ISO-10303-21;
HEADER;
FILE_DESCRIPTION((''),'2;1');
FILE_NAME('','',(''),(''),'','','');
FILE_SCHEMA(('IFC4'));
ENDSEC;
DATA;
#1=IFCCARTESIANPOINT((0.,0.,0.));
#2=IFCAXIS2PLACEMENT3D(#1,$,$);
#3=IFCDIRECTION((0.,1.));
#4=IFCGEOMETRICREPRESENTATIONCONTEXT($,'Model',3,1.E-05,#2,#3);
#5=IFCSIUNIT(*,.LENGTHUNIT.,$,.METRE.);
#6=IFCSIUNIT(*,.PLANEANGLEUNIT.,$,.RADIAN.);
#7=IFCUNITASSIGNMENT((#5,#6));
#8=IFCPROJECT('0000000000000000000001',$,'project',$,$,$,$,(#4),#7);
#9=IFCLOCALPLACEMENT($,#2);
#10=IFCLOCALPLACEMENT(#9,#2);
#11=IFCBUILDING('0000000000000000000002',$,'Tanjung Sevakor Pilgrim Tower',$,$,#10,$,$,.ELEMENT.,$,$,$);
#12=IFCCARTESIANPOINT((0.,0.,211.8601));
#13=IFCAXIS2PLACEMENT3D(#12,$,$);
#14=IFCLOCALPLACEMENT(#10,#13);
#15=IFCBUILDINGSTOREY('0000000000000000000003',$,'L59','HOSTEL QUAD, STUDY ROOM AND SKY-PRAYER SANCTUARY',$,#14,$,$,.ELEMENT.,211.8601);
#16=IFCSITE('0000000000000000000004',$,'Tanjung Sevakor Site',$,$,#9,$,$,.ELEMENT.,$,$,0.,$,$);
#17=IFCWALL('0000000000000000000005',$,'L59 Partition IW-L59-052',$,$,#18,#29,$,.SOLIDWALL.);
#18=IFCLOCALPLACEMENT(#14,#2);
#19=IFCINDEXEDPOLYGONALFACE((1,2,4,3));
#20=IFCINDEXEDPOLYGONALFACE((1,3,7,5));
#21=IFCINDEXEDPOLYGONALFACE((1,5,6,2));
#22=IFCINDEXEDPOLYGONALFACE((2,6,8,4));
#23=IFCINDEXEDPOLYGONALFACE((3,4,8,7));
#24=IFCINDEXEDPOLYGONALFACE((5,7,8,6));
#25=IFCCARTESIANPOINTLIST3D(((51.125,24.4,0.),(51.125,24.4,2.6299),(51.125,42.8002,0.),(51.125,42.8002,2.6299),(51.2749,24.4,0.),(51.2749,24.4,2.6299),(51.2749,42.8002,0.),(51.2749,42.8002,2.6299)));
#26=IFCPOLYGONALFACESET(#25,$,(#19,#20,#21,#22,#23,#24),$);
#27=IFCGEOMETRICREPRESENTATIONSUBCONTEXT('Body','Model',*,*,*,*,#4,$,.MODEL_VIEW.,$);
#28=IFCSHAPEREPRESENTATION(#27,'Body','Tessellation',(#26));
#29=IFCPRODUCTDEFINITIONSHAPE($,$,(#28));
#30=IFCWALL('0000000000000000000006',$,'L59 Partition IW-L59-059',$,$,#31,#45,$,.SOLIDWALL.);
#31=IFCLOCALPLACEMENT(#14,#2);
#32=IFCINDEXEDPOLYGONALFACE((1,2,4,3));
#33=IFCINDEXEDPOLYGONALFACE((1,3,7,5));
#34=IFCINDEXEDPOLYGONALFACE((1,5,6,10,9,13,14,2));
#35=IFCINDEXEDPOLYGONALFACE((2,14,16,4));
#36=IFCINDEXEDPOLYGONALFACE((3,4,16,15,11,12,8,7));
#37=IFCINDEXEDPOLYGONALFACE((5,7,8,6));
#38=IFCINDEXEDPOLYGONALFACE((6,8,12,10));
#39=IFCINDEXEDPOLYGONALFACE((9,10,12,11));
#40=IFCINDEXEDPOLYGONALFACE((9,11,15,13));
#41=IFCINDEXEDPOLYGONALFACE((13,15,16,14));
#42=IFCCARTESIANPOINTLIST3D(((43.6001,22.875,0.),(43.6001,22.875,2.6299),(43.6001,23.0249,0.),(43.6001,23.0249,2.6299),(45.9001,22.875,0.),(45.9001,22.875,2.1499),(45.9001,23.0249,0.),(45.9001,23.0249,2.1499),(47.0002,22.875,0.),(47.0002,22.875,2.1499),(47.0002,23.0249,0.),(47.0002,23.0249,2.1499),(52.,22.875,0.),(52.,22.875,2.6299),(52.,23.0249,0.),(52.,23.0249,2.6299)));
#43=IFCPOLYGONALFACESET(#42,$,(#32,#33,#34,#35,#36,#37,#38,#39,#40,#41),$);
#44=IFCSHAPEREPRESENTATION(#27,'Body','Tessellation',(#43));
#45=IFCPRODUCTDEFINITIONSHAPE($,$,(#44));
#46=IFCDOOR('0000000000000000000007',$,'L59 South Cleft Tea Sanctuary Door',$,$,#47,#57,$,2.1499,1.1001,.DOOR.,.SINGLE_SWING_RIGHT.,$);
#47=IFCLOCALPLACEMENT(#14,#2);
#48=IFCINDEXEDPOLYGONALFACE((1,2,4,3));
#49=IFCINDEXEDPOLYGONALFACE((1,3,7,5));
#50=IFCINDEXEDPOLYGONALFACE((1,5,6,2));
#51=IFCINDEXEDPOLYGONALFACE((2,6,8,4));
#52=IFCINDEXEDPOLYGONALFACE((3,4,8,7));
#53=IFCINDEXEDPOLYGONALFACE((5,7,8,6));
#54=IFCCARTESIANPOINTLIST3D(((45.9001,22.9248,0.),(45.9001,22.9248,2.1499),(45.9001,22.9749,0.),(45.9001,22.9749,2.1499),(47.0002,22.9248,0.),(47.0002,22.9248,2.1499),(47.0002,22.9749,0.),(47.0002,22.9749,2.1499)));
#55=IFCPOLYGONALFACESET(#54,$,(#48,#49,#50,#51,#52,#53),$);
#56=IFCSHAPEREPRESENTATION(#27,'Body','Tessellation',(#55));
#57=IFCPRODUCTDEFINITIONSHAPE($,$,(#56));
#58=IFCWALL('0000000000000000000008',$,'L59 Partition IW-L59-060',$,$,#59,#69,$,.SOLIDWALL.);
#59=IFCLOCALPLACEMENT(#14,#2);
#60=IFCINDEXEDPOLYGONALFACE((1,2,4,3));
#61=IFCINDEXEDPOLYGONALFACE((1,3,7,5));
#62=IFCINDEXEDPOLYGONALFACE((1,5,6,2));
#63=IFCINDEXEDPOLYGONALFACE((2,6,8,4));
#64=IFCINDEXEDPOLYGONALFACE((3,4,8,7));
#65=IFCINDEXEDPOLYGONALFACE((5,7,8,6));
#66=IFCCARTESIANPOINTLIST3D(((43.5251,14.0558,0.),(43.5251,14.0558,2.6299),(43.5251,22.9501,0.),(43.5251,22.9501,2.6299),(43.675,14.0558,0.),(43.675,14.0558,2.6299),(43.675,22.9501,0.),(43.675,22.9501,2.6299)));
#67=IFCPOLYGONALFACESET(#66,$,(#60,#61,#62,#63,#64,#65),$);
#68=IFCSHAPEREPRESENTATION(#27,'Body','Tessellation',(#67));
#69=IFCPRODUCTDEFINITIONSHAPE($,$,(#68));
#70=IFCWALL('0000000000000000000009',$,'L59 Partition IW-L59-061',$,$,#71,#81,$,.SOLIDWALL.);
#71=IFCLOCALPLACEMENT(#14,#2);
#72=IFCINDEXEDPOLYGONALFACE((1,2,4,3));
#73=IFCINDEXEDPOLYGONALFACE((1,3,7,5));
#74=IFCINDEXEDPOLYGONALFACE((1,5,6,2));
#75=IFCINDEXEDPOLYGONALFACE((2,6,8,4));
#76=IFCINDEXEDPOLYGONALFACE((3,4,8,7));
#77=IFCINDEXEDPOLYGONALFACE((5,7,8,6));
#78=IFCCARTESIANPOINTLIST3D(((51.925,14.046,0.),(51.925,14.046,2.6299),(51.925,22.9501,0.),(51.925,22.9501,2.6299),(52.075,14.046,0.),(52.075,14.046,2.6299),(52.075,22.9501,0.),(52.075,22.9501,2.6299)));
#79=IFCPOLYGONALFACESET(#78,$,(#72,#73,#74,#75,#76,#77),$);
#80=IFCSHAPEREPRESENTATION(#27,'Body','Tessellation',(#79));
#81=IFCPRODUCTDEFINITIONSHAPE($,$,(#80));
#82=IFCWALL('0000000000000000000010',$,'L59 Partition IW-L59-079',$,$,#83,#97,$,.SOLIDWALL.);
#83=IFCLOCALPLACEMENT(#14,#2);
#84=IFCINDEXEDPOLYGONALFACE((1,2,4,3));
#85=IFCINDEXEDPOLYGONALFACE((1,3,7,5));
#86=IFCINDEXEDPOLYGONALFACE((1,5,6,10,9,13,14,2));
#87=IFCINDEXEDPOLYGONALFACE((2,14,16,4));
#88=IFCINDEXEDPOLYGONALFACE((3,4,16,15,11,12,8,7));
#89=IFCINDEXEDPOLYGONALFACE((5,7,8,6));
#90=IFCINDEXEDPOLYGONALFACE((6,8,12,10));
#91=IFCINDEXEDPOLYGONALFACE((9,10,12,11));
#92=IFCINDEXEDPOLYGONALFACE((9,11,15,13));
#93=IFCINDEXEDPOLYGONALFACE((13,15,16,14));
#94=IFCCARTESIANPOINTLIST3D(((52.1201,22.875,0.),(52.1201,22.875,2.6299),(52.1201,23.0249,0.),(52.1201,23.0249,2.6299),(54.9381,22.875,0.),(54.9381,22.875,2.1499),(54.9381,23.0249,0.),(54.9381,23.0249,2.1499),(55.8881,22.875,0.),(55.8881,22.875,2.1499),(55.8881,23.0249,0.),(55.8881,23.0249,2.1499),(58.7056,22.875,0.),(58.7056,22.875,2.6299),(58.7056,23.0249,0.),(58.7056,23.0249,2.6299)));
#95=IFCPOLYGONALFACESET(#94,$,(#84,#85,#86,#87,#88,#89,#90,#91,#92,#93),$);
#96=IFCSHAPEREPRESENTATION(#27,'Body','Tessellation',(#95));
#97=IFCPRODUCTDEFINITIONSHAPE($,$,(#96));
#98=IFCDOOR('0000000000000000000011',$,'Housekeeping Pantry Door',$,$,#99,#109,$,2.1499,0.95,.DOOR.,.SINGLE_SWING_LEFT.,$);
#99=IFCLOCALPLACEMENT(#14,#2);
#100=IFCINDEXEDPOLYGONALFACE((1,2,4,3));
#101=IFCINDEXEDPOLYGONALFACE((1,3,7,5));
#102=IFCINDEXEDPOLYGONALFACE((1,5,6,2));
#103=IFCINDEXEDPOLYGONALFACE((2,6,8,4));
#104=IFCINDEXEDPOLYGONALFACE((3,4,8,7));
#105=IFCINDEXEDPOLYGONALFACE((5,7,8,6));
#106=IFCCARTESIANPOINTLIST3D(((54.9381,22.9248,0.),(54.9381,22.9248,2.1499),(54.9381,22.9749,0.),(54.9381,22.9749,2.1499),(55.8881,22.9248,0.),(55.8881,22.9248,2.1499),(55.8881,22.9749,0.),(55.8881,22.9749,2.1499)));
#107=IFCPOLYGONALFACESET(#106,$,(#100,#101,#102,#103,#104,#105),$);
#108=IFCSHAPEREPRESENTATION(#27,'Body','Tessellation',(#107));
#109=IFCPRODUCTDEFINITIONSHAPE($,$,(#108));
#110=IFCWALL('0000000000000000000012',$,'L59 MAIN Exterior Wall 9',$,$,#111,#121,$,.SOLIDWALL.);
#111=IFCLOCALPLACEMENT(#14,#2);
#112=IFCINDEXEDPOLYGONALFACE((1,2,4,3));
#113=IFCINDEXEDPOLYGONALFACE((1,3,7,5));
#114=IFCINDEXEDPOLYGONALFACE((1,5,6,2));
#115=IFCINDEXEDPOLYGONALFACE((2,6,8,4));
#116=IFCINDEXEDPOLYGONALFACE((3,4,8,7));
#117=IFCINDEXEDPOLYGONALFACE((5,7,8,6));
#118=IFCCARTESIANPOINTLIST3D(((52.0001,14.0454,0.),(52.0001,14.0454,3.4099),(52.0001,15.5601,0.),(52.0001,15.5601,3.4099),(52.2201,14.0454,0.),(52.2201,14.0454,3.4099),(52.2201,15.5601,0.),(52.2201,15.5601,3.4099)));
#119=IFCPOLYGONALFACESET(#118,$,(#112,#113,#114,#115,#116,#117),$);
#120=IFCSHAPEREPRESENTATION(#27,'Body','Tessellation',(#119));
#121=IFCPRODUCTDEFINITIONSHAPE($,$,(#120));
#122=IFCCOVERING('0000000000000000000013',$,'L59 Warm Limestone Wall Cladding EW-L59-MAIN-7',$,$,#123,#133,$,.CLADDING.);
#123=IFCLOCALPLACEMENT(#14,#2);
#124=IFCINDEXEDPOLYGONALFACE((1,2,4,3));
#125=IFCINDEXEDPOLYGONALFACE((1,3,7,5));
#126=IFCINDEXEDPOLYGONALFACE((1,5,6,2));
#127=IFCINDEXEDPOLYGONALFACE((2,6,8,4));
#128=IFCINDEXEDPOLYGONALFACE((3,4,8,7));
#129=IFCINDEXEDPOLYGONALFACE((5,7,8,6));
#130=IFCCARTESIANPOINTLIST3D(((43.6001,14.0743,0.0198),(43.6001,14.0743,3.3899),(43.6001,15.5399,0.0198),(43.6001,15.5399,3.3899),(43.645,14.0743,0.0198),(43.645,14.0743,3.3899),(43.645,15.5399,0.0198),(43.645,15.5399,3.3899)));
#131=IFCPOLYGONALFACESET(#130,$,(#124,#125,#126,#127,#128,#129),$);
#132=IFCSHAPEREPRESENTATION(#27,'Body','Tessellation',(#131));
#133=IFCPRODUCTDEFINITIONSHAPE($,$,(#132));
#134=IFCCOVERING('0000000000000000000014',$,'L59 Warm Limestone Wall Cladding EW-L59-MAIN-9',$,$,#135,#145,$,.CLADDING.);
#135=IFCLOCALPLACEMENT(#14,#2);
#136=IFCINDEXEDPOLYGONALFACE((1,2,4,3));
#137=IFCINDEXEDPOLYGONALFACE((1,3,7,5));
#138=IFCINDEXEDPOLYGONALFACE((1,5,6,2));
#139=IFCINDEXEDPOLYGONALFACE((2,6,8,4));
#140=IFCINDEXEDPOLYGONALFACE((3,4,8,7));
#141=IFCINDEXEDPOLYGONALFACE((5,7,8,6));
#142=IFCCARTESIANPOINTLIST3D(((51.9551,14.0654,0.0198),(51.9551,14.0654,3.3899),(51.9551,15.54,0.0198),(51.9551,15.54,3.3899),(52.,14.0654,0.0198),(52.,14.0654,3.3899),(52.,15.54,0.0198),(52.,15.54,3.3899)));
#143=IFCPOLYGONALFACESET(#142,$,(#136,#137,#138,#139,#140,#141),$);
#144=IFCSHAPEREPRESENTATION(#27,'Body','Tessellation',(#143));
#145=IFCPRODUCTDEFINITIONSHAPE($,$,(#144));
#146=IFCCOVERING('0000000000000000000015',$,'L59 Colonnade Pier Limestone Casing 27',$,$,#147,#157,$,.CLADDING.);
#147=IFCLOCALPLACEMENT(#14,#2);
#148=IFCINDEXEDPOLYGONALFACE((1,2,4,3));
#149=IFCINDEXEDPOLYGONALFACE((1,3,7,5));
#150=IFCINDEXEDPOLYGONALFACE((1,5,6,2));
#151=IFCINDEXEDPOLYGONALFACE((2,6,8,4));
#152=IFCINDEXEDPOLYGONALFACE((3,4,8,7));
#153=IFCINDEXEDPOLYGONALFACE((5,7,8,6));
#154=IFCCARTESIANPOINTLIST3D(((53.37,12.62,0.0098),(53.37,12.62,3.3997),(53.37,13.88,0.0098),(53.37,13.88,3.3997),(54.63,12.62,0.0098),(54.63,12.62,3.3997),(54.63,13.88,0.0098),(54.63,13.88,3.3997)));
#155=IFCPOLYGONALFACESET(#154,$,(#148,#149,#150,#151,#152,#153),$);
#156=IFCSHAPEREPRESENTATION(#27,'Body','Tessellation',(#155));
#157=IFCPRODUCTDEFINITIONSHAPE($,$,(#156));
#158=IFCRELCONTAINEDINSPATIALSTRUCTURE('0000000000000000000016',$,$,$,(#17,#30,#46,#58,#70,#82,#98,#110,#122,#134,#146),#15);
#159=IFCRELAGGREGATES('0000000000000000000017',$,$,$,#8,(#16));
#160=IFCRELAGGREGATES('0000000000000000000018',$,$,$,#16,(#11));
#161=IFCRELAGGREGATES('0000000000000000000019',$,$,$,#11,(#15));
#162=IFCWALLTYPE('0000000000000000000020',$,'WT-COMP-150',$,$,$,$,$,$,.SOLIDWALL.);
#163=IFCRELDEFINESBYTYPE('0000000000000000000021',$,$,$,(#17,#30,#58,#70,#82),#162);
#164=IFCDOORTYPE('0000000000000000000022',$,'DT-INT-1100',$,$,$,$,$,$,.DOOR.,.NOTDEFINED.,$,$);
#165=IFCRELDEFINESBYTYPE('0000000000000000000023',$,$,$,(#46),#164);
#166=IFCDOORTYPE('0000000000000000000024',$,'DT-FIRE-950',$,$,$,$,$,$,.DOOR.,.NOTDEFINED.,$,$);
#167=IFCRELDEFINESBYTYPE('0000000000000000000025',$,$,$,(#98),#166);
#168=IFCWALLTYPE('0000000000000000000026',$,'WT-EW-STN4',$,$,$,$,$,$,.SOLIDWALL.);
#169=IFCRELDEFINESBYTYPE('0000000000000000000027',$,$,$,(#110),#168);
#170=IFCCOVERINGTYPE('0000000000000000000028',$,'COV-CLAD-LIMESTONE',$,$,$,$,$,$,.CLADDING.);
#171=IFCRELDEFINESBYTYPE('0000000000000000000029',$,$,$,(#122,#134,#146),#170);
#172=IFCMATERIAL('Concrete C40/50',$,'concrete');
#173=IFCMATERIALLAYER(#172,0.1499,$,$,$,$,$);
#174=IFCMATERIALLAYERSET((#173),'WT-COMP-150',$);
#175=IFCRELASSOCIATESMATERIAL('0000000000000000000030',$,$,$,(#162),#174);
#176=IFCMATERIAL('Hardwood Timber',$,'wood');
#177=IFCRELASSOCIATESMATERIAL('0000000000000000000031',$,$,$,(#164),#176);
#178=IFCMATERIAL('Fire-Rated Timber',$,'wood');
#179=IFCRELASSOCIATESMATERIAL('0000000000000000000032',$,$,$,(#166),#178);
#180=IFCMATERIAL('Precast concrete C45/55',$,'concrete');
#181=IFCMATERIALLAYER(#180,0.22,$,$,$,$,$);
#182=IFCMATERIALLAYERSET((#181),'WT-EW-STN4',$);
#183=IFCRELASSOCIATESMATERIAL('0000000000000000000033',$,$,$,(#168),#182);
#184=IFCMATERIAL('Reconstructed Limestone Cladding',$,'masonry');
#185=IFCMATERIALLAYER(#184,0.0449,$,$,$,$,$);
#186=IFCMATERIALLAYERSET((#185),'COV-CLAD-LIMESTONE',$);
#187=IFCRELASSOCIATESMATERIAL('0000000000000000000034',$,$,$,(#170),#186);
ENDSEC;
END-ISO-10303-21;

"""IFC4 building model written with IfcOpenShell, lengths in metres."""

from ifc_helpers import new_model, si_unit, direction, frame, frame_2d, origin, origin_2d, place, context, subcontext, project, spatial, rectangle, extrude, material, layer, layer_set, type_object, element, fill, save


model = new_model("IFC4")

# Units and contexts
model_context = context("Model", 3, precision=1e-05, world=origin(), true_north=direction((0.0, 1.0)))
body_context = subcontext(model_context, "Body", "Model", "MODEL_VIEW")
ifc_project = project(units=[si_unit("LENGTHUNIT", "METRE"), si_unit("PLANEANGLEUNIT", "RADIAN")], contexts=[model_context])

# Site, building, storey
site_placement = place(None, origin())
site = spatial("IfcSite", under=ifc_project, at=site_placement, Name="Tanjung Sevakor Site", CompositionType="ELEMENT", RefElevation=0.0)
building_placement = place(site_placement, origin())
building = spatial("IfcBuilding", under=site, at=building_placement, Name="Tanjung Sevakor Pilgrim Tower", CompositionType="ELEMENT")
storey_placement = place(building_placement, frame((0.0, 0.0, 211.8601)))
storey = spatial("IfcBuildingStorey", under=building, at=storey_placement, Name="L59", Description="HOSTEL QUAD, STUDY ROOM AND SKY-PRAYER SANCTUARY", CompositionType="ELEMENT", Elevation=211.8601)

# Shared definitions
ifc_material_1 = material(Name="Concrete C40/50", Category="concrete")
ifc_layer_1 = layer(ifc_material_1, 0.1499)
ifc_layer_set_1 = layer_set([ifc_layer_1], Name="WT-COMP-150")
wall_type_1 = type_object("IfcWallType", Name="WT-COMP-150", PredefinedType="SOLIDWALL", material=ifc_layer_set_1)

# Wall
wall_1_placement = place(storey_placement, frame((51.2, 24.3999, 0.0), z_axis=(0.0, 0.0, 1.0), x_axis=(0.0, 1.0, 0.0)))
element("IfcWall", 1, at=wall_1_placement, inside=storey, type_object=wall_type_1, Name="L59 Partition IW-L59-052", PredefinedType="SOLIDWALL", context=body_context, shape_type="SweptSolid", body=[
    extrude(rectangle(XDim=18.4001, YDim=0.1499, at=frame_2d((9.2002, 0.0))), origin(), (0.0, 0.0, 1.0), 2.6299),
])

# Wall, opening, door
wall_2_placement = place(storey_placement, frame((43.6001, 22.95, 0.0), z_axis=(0.0, 0.0, 1.0), x_axis=(1.0, 0.0, 0.0)))
wall_2 = element("IfcWall", 2, at=wall_2_placement, inside=storey, type_object=wall_type_1, Name="L59 Partition IW-L59-059", PredefinedType="SOLIDWALL", context=body_context, shape_type="SweptSolid", body=[
    extrude(rectangle(XDim=8.3999, YDim=0.1499, at=frame_2d((4.2, 0.0))), origin(), (0.0, 0.0, 1.0), 2.6299),
])
opening_1_placement = place(wall_2_placement, frame((2.3, 0.0, 0.0)))
opening_1 = element("IfcOpeningElement", 3, at=opening_1_placement, cuts=wall_2, PredefinedType="OPENING", context=body_context, shape_type="SweptSolid", body=[
    extrude(rectangle(XDim=1.1001, YDim=2.1499, at=frame_2d((0.55, 1.075))), frame((0.0, 0.085, 0.0), z_axis=(0.0, -1.0, 0.0), x_axis=(1.0, 0.0, 0.0)), (0.0, 0.0, 1.0), 0.1699),
])
ifc_material_2 = material(Name="Hardwood Timber", Category="wood")
door_type_1 = type_object("IfcDoorType", Name="DT-INT-1100", OperationType="NOTDEFINED", PredefinedType="DOOR", material=ifc_material_2)
door_1_placement = place(opening_1_placement, origin())
door_1 = element("IfcDoor", 4, at=door_1_placement, inside=storey, type_object=door_type_1, Name="L59 South Cleft Tea Sanctuary Door", OperationType="SINGLE_SWING_RIGHT", OverallHeight=2.1499, OverallWidth=1.1001, PredefinedType="DOOR", context=body_context, shape_type="SweptSolid", body=[
    extrude(rectangle(XDim=1.1001, YDim=2.1499, at=frame_2d((0.55, 1.075))), frame((0.0, 0.0249, 0.0), z_axis=(0.0, -1.0, 0.0), x_axis=(1.0, 0.0, 0.0)), (0.0, 0.0, 1.0), 0.05),
])
fill(opening_1, door_1)

# Walls
wall_3_placement = place(storey_placement, frame((43.6001, 14.0557, 0.0), z_axis=(0.0, 0.0, 1.0), x_axis=(0.0, 1.0, 0.0)))
element("IfcWall", 5, at=wall_3_placement, inside=storey, type_object=wall_type_1, Name="L59 Partition IW-L59-060", PredefinedType="SOLIDWALL", context=body_context, shape_type="SweptSolid", body=[
    extrude(rectangle(XDim=8.8943, YDim=0.1499, at=frame_2d((4.4473, 0.0))), origin(), (0.0, 0.0, 1.0), 2.6299),
])
wall_4_placement = place(storey_placement, frame((52.0, 14.0459, 0.0), z_axis=(0.0, 0.0, 1.0), x_axis=(0.0, 1.0, 0.0)))
element("IfcWall", 6, at=wall_4_placement, inside=storey, type_object=wall_type_1, Name="L59 Partition IW-L59-061", PredefinedType="SOLIDWALL", context=body_context, shape_type="SweptSolid", body=[
    extrude(rectangle(XDim=8.9041, YDim=0.1499, at=frame_2d((4.4521, 0.0))), origin(), (0.0, 0.0, 1.0), 2.6299),
])

# Wall, opening, door
wall_5_placement = place(storey_placement, frame((52.1201, 22.95, 0.0), z_axis=(0.0, 0.0, 1.0), x_axis=(1.0, 0.0, 0.0)))
wall_5 = element("IfcWall", 7, at=wall_5_placement, inside=storey, type_object=wall_type_1, Name="L59 Partition IW-L59-079", PredefinedType="SOLIDWALL", context=body_context, shape_type="SweptSolid", body=[
    extrude(rectangle(XDim=6.5854, YDim=0.1499, at=frame_2d((3.2927, 0.0))), origin(), (0.0, 0.0, 1.0), 2.6299),
])
opening_2_placement = place(wall_5_placement, frame((2.8179, 0.0, 0.0)))
opening_2 = element("IfcOpeningElement", 8, at=opening_2_placement, cuts=wall_5, PredefinedType="OPENING", context=body_context, shape_type="SweptSolid", body=[
    extrude(rectangle(XDim=0.95, YDim=2.1499, at=frame_2d((0.4751, 1.075))), frame((0.0, 0.085, 0.0), z_axis=(0.0, -1.0, 0.0), x_axis=(1.0, 0.0, 0.0)), (0.0, 0.0, 1.0), 0.1699),
])
ifc_material_3 = material(Name="Fire-Rated Timber", Category="wood")
door_type_2 = type_object("IfcDoorType", Name="DT-FIRE-950", OperationType="NOTDEFINED", PredefinedType="DOOR", material=ifc_material_3)
door_2_placement = place(opening_2_placement, origin())
door_2 = element("IfcDoor", 9, at=door_2_placement, inside=storey, type_object=door_type_2, Name="Housekeeping Pantry Door", OperationType="SINGLE_SWING_LEFT", OverallHeight=2.1499, OverallWidth=0.95, PredefinedType="DOOR", context=body_context, shape_type="SweptSolid", body=[
    extrude(rectangle(XDim=0.95, YDim=2.1499, at=frame_2d((0.4751, 1.075))), frame((0.0, 0.0249, 0.0), z_axis=(0.0, -1.0, 0.0), x_axis=(1.0, 0.0, 0.0)), (0.0, 0.0, 1.0), 0.05),
])
fill(opening_2, door_2)

# Wall
ifc_material_4 = material(Name="Precast concrete C45/55", Category="concrete")
ifc_layer_2 = layer(ifc_material_4, 0.22)
ifc_layer_set_2 = layer_set([ifc_layer_2], Name="WT-EW-STN4")
wall_type_2 = type_object("IfcWallType", Name="WT-EW-STN4", PredefinedType="SOLIDWALL", material=ifc_layer_set_2)
wall_6_placement = place(storey_placement, frame((52.1101, 15.5601, 0.0), z_axis=(0.0, 0.0, 1.0), x_axis=(0.0, -1.0, 0.0)))
element("IfcWall", 10, at=wall_6_placement, inside=storey, type_object=wall_type_2, Name="L59 MAIN Exterior Wall 9", PredefinedType="SOLIDWALL", context=body_context, shape_type="SweptSolid", body=[
    extrude(rectangle(XDim=1.5146, YDim=0.22, at=frame_2d((0.7573, 0.0))), origin(), (0.0, 0.0, 1.0), 3.4099),
])

# Coverings
ifc_material_5 = material(Name="Reconstructed Limestone Cladding", Category="masonry")
ifc_layer_3 = layer(ifc_material_5, 0.0449)
ifc_layer_set_3 = layer_set([ifc_layer_3], Name="COV-CLAD-LIMESTONE")
covering_type = type_object("IfcCoveringType", Name="COV-CLAD-LIMESTONE", PredefinedType="CLADDING", material=ifc_layer_set_3)
covering_1_placement = place(storey_placement, frame((43.6226, 14.8071, 0.0198), z_axis=(0.0, 0.0, 1.0), x_axis=(0.0, 1.0, 0.0)))
element("IfcCovering", 11, at=covering_1_placement, inside=storey, type_object=covering_type, Name="L59 Warm Limestone Wall Cladding EW-L59-MAIN-7", PredefinedType="CLADDING", context=body_context, shape_type="SweptSolid", body=[
    extrude(rectangle(XDim=1.4656, YDim=0.0449, at=origin_2d()), origin(), (0.0, 0.0, 1.0), 3.3701),
])
covering_2_placement = place(storey_placement, frame((51.9775, 14.8027, 0.0198), z_axis=(0.0, 0.0, 1.0), x_axis=(0.0, -1.0, 0.0)))
element("IfcCovering", 12, at=covering_2_placement, inside=storey, type_object=covering_type, Name="L59 Warm Limestone Wall Cladding EW-L59-MAIN-9", PredefinedType="CLADDING", context=body_context, shape_type="SweptSolid", body=[
    extrude(rectangle(XDim=1.4746, YDim=0.0449, at=origin_2d()), origin(), (0.0, 0.0, 1.0), 3.3701),
])
covering_3_placement = place(storey_placement, frame((54.0, 13.25, 0.0098), z_axis=(0.0, 0.0, 1.0), x_axis=(1.0, 0.0, 0.0)))
element("IfcCovering", 13, at=covering_3_placement, inside=storey, type_object=covering_type, Name="L59 Colonnade Pier Limestone Casing 27", PredefinedType="CLADDING", context=body_context, shape_type="SweptSolid", body=[
    extrude(rectangle(XDim=1.26, YDim=1.26, at=origin_2d()), origin(), (0.0, 0.0, 1.0), 3.3899),
])

save(model, "model.ifc")
